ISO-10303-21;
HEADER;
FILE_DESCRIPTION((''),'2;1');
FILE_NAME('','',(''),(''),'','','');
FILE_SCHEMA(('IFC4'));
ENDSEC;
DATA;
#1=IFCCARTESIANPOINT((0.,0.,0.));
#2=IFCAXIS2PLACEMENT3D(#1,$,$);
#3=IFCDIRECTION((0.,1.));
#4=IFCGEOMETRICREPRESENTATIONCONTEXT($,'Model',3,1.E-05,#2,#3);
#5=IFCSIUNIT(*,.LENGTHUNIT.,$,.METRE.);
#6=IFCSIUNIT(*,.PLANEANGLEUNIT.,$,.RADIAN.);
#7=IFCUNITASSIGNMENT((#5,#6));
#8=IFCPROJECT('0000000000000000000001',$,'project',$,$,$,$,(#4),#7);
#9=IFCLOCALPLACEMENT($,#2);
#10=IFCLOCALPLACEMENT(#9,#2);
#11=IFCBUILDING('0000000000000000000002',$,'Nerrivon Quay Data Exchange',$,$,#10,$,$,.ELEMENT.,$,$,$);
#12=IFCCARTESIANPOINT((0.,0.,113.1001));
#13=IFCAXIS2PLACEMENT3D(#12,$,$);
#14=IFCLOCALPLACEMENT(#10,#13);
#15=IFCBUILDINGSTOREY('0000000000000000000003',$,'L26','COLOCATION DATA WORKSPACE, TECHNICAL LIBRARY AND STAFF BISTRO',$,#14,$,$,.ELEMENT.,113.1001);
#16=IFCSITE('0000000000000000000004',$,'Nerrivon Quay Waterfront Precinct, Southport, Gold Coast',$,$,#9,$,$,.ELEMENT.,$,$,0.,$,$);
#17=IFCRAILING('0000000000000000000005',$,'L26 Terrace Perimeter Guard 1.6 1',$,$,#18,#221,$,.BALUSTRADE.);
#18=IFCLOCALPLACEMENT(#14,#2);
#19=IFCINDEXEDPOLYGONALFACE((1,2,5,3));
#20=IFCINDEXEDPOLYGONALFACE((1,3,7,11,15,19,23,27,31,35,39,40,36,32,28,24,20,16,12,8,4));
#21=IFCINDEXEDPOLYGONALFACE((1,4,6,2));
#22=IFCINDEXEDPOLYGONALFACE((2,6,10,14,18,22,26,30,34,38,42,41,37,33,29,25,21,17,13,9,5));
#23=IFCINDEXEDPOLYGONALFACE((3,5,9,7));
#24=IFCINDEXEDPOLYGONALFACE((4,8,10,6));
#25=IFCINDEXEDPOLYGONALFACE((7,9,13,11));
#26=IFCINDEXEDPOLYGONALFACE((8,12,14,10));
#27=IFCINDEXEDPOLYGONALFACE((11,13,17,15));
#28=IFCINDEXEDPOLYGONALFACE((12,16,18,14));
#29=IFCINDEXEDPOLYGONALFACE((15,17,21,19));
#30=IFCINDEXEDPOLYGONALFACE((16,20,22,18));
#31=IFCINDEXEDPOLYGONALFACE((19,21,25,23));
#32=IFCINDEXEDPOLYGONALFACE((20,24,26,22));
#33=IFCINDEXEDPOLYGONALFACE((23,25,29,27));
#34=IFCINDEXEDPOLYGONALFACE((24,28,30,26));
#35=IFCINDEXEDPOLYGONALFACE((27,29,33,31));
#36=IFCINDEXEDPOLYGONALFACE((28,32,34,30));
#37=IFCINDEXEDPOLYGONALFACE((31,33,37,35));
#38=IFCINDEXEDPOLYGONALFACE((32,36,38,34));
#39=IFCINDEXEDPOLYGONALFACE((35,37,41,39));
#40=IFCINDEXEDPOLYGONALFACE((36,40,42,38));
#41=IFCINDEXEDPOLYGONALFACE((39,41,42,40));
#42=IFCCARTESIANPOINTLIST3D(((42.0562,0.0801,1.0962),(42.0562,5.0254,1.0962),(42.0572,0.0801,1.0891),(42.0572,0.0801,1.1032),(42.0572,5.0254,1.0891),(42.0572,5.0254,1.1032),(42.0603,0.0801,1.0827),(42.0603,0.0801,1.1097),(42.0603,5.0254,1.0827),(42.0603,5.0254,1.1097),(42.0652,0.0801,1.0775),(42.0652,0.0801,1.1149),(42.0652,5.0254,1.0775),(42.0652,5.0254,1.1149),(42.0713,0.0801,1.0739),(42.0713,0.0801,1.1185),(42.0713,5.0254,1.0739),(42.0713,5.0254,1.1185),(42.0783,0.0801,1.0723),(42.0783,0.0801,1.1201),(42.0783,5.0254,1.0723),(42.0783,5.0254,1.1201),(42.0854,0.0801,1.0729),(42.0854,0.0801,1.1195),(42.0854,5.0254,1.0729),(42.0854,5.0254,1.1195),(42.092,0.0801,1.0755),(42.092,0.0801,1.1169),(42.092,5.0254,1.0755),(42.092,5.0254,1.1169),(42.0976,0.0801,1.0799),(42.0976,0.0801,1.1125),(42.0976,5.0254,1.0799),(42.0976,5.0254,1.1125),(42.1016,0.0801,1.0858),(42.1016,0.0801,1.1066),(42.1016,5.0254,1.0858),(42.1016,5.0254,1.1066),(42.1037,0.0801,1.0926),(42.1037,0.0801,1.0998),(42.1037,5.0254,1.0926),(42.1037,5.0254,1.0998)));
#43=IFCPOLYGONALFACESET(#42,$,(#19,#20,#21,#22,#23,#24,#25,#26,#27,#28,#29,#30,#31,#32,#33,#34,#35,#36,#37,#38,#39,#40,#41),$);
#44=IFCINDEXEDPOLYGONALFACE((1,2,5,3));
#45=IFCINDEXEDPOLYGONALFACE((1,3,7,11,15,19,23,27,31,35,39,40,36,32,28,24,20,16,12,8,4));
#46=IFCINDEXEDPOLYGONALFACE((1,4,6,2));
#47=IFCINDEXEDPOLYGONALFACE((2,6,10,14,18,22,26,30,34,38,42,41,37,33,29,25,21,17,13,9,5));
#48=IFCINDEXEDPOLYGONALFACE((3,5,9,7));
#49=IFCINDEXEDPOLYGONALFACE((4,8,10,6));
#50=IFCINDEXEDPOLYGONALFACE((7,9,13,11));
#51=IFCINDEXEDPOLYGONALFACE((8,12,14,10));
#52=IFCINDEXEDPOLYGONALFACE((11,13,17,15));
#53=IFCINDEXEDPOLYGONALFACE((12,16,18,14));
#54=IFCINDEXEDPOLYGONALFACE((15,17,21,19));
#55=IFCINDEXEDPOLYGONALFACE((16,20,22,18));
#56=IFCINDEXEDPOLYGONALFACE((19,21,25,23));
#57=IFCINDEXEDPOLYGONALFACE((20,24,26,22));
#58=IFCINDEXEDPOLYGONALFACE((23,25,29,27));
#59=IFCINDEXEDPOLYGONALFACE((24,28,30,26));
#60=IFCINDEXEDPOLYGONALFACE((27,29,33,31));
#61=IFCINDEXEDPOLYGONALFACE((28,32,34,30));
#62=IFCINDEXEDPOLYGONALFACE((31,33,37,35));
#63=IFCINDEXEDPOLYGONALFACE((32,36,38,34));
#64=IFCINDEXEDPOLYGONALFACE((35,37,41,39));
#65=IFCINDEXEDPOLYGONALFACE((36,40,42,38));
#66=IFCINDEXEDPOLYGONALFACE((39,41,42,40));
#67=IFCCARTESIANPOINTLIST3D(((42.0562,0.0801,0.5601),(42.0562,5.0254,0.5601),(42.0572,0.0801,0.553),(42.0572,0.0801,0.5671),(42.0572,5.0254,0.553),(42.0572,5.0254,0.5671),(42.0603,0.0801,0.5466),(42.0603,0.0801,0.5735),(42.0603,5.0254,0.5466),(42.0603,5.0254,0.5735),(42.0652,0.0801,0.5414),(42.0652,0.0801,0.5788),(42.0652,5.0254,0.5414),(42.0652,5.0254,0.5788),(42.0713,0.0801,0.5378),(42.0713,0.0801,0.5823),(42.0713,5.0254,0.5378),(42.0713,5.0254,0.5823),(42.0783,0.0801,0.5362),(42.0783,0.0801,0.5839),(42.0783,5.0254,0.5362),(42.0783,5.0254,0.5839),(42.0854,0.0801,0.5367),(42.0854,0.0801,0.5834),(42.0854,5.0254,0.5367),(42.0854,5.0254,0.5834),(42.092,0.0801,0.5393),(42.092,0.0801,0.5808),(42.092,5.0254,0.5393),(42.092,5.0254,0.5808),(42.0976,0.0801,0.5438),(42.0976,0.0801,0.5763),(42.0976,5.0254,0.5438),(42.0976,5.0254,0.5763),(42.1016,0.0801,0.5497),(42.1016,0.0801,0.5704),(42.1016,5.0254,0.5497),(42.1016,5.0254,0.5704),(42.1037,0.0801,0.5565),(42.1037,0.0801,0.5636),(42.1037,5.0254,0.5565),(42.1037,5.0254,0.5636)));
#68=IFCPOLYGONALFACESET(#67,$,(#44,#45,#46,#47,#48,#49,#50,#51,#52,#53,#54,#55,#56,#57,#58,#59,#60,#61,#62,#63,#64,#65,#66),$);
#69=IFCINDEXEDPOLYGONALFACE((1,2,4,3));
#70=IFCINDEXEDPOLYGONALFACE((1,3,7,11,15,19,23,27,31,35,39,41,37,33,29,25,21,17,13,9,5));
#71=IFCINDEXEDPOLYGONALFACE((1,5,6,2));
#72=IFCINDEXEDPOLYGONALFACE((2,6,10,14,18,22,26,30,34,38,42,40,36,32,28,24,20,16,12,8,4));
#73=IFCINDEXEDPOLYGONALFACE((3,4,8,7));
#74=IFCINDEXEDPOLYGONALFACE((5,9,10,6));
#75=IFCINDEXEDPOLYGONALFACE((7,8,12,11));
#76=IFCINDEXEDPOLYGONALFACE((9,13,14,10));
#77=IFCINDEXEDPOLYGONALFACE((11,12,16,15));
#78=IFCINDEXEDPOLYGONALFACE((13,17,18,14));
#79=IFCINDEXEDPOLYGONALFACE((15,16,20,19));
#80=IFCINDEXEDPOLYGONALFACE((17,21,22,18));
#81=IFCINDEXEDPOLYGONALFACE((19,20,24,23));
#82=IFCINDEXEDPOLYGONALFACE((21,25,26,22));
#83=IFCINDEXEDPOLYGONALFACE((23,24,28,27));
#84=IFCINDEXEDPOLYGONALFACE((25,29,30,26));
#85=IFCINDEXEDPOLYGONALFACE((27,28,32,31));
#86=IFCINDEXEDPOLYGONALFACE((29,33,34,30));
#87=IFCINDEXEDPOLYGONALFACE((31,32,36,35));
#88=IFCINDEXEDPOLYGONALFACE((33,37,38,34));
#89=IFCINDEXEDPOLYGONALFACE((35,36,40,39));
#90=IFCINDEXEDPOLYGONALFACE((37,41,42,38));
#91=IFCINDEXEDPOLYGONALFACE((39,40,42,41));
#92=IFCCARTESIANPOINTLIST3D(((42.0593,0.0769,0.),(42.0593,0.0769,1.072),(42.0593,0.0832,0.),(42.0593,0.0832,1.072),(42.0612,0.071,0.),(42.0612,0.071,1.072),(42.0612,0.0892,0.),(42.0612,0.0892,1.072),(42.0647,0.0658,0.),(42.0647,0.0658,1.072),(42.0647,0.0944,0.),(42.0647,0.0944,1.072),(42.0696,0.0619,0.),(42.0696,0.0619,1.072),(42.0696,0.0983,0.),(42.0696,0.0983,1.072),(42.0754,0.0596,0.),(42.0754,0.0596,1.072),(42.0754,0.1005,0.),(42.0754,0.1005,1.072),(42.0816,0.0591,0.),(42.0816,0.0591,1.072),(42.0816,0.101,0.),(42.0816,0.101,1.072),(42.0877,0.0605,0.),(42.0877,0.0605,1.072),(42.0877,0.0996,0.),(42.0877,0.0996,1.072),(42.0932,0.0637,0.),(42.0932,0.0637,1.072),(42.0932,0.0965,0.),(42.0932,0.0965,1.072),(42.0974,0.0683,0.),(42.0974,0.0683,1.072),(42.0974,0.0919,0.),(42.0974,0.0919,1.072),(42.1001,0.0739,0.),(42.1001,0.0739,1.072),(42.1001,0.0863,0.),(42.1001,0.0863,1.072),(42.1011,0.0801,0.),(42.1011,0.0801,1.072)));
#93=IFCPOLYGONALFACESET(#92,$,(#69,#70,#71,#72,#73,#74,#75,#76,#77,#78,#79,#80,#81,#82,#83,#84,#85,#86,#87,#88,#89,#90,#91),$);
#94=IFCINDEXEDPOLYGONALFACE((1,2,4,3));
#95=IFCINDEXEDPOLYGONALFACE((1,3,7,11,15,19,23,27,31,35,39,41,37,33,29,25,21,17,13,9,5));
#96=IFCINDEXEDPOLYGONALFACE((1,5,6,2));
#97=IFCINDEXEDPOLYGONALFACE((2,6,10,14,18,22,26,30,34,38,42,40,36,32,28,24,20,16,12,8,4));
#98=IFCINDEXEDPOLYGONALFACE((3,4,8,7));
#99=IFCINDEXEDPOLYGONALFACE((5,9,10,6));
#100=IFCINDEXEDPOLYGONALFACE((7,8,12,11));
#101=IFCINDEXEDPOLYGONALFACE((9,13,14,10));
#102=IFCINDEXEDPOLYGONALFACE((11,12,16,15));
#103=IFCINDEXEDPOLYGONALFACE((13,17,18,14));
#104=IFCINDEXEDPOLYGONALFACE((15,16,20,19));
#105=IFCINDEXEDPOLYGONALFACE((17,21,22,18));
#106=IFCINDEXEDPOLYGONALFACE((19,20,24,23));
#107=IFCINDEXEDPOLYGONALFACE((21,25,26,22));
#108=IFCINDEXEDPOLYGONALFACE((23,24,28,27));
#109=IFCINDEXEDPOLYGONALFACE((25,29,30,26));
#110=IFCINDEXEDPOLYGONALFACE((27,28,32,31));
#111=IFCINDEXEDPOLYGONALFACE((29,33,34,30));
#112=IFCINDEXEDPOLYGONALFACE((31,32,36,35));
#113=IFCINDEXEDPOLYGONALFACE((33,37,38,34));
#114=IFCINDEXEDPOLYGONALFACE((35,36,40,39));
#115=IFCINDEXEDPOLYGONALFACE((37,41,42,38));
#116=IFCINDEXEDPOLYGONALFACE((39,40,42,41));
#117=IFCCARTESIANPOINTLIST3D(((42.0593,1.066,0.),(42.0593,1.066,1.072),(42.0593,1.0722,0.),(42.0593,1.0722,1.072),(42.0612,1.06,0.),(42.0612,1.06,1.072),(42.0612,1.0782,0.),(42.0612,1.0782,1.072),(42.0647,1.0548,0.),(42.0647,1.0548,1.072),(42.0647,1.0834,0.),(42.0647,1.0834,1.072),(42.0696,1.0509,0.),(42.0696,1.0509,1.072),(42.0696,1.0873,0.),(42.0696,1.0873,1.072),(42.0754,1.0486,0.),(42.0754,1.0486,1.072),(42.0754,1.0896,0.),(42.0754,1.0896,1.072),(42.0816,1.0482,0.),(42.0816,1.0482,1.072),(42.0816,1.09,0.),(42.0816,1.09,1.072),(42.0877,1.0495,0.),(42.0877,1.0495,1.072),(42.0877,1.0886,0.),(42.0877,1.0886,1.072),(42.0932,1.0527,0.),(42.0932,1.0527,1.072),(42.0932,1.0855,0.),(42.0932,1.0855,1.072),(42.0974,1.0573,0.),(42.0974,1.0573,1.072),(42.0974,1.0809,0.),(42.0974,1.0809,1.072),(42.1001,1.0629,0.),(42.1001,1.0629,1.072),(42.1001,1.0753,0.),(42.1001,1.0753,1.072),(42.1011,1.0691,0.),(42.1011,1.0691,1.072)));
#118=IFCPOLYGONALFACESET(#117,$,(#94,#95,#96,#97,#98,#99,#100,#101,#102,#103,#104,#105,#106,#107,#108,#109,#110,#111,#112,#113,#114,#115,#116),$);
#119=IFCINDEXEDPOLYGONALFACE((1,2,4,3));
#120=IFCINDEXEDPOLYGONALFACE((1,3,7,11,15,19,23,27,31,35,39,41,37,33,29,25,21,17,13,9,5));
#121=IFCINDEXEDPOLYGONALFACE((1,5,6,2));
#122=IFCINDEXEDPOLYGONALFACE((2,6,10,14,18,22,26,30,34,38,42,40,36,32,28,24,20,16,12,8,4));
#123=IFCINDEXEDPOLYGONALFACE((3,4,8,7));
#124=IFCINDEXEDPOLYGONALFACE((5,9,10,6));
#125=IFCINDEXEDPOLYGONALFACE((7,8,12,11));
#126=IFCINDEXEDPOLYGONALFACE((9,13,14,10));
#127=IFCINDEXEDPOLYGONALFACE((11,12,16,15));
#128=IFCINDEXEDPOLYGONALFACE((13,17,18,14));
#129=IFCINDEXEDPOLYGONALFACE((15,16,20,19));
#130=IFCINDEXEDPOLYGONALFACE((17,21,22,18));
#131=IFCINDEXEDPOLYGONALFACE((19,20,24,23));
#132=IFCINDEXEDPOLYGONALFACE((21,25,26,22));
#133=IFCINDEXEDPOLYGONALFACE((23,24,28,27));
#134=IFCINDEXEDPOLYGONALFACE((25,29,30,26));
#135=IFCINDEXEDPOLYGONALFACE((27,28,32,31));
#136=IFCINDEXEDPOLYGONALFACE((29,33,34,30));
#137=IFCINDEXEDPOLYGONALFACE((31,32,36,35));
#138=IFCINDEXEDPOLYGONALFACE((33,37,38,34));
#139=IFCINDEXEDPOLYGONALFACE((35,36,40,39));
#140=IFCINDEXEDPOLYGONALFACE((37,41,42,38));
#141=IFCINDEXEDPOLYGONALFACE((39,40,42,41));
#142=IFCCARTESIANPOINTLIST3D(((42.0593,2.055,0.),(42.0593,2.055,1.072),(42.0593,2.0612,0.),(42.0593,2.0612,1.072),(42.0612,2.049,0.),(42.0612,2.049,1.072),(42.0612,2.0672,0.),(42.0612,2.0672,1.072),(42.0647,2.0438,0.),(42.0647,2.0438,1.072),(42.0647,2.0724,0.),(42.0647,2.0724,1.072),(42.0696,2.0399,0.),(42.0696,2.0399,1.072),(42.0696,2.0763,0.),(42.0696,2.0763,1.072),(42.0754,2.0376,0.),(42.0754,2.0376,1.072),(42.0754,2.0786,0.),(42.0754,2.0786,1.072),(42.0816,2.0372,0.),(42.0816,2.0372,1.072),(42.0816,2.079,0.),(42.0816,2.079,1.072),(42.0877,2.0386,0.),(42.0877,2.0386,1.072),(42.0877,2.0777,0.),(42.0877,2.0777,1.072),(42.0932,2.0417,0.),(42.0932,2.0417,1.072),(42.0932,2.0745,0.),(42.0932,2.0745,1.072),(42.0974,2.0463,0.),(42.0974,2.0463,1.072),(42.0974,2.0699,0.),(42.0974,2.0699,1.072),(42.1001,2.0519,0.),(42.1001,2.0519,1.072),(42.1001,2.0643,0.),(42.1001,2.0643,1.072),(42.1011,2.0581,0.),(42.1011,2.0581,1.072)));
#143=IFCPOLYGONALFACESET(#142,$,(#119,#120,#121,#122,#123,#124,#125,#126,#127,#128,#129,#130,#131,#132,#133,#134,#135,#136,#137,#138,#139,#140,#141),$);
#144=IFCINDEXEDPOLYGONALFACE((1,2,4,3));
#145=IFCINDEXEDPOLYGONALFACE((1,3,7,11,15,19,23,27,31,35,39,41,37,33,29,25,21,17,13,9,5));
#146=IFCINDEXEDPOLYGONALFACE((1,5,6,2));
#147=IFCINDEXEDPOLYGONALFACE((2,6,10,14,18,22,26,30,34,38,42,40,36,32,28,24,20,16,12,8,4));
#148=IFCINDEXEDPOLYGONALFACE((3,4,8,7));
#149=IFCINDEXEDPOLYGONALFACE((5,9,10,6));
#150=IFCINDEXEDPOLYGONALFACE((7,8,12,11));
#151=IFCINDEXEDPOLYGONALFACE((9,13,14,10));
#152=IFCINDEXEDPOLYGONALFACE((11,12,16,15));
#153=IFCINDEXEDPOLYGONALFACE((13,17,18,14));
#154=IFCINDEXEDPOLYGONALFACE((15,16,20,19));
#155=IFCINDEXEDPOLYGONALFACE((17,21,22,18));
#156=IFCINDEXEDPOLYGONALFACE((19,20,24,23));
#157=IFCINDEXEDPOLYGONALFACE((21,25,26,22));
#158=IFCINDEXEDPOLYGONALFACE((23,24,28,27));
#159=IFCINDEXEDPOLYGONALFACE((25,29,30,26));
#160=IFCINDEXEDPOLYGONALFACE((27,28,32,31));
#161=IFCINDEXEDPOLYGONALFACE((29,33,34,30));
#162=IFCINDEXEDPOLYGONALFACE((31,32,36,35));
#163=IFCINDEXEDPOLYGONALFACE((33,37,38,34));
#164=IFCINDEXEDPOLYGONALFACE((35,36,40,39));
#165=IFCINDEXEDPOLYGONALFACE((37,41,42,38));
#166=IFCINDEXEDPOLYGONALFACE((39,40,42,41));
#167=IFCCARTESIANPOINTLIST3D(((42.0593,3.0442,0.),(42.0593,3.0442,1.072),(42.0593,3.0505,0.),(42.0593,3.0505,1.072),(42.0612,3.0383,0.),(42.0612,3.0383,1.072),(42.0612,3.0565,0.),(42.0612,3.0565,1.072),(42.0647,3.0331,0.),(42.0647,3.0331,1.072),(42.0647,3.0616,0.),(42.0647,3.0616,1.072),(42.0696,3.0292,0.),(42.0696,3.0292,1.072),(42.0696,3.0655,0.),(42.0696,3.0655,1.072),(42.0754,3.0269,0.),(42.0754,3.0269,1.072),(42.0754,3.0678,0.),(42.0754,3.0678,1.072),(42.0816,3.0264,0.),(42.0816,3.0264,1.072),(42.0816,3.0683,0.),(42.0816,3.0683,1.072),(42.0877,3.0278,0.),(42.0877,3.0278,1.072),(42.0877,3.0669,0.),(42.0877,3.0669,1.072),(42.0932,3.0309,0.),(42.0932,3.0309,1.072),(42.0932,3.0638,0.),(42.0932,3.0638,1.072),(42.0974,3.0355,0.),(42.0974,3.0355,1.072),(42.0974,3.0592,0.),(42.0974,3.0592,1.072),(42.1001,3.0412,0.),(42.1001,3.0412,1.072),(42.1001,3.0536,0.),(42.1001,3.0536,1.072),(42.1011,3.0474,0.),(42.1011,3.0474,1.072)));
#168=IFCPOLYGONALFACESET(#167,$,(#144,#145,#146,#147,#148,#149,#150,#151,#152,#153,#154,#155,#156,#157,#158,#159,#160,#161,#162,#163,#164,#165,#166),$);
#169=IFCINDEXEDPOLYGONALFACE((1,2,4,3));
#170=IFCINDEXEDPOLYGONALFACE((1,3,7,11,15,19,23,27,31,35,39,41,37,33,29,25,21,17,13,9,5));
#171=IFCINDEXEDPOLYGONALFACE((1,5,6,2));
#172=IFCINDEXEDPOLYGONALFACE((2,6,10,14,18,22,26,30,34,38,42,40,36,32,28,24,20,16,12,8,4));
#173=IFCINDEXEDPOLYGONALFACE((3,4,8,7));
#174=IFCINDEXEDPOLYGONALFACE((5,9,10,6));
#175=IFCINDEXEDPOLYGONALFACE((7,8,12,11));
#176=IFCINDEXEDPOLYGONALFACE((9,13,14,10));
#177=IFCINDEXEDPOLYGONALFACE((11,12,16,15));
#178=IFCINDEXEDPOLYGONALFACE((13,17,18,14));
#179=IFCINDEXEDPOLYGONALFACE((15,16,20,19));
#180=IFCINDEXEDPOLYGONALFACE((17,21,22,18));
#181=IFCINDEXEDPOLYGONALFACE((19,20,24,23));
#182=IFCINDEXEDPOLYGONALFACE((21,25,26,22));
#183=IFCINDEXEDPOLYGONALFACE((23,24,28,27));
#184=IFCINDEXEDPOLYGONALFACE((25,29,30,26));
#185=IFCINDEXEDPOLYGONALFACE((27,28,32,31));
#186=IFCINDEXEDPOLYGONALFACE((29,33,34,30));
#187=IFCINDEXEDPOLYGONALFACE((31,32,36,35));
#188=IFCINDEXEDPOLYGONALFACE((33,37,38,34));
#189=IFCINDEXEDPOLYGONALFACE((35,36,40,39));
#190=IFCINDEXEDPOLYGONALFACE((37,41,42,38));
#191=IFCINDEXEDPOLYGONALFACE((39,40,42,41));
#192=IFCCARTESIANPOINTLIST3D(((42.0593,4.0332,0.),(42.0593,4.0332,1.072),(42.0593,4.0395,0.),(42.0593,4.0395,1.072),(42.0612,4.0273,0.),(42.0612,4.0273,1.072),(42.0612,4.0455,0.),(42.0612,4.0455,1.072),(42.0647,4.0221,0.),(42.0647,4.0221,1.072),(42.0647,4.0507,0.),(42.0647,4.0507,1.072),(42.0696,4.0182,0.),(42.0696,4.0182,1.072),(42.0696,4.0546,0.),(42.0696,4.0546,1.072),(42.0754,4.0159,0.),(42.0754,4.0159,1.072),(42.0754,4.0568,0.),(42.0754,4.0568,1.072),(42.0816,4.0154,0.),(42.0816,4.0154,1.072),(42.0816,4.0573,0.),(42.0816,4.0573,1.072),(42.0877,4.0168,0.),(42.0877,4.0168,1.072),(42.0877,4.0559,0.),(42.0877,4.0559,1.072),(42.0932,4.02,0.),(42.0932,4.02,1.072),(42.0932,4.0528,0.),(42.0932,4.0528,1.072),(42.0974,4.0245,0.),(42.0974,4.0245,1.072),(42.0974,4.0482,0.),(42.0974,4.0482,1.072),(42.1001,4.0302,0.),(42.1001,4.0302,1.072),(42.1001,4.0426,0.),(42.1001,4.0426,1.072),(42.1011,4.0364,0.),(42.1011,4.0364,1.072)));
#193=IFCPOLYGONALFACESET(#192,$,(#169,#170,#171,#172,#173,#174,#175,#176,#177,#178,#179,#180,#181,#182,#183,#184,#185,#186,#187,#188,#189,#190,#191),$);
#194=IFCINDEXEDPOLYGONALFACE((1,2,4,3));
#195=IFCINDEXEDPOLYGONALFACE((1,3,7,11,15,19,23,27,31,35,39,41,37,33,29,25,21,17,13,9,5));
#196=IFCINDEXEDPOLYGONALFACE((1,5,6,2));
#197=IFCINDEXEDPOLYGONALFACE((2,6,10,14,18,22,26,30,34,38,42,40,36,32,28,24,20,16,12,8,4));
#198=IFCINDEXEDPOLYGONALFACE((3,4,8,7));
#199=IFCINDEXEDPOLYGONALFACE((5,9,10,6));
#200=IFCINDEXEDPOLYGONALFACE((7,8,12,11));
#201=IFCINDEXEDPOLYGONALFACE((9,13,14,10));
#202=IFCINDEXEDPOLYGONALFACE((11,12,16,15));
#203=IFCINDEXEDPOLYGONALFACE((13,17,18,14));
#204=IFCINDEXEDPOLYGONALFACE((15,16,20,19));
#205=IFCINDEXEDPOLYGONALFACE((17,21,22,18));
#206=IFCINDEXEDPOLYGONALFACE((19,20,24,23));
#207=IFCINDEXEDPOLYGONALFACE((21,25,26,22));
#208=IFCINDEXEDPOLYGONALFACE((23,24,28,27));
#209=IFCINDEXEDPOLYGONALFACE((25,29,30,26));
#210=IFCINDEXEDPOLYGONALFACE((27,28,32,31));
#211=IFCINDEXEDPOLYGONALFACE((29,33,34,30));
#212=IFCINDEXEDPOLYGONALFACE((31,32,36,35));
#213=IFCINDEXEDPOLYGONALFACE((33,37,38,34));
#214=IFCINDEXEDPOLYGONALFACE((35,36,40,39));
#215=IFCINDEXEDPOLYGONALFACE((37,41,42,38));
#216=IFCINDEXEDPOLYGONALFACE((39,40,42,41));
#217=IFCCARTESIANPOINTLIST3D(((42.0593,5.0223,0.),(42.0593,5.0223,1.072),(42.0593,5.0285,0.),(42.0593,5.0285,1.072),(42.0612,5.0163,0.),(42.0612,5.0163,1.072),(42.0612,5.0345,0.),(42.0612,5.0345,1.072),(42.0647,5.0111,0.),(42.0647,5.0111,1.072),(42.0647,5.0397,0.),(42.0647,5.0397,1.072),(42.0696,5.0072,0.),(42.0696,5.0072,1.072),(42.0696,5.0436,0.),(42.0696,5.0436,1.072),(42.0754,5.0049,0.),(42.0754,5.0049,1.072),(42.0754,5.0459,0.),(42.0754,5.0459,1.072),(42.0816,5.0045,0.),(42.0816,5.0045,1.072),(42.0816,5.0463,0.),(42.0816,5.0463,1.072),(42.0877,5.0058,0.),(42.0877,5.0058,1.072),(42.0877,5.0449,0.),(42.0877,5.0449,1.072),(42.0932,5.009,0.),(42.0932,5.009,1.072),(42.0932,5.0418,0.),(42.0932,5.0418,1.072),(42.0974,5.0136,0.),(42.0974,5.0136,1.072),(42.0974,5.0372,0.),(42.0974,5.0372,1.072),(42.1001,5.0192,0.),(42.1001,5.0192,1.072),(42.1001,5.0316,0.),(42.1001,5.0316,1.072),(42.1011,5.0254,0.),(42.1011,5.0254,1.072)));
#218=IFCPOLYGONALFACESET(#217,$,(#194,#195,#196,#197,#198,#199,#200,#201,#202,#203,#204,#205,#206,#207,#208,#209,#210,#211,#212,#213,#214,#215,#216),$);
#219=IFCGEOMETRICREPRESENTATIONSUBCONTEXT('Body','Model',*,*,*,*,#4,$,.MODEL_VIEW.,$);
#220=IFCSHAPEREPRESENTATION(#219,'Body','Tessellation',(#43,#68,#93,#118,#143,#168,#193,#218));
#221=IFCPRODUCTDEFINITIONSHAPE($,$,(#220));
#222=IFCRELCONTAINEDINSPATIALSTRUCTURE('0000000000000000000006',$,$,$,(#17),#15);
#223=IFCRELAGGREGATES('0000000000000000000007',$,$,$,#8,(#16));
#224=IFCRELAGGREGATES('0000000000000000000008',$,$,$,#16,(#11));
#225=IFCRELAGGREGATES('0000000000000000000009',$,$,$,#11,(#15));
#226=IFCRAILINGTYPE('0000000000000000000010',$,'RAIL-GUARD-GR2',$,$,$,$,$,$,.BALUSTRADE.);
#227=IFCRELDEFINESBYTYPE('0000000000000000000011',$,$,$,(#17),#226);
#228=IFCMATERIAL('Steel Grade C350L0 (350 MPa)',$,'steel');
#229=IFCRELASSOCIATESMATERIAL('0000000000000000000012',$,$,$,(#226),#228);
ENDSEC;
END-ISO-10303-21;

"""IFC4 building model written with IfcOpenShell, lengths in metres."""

from ifc_helpers import new_model, si_unit, direction, frame, origin, origin_2d, place, context, subcontext, project, spatial, circle, extrude, material, type_object, element, save


model = new_model("IFC4")

# Units and contexts
model_context = context("Model", 3, precision=1e-05, world=origin(), true_north=direction((0.0, 1.0)))
body_context = subcontext(model_context, "Body", "Model", "MODEL_VIEW")
ifc_project = project(units=[si_unit("LENGTHUNIT", "METRE"), si_unit("PLANEANGLEUNIT", "RADIAN")], contexts=[model_context])

# Site, building, storey
site_placement = place(None, origin())
site = spatial("IfcSite", under=ifc_project, at=site_placement, Name="Nerrivon Quay Waterfront Precinct, Southport, Gold Coast", CompositionType="ELEMENT", RefElevation=0.0)
building_placement = place(site_placement, origin())
building = spatial("IfcBuilding", under=site, at=building_placement, Name="Nerrivon Quay Data Exchange", CompositionType="ELEMENT")
storey_placement = place(building_placement, frame((0.0, 0.0, 113.1001)))
storey = spatial("IfcBuildingStorey", under=building, at=storey_placement, Name="L26", Description="COLOCATION DATA WORKSPACE, TECHNICAL LIBRARY AND STAFF BISTRO", CompositionType="ELEMENT", Elevation=113.1001)

# Railing
ifc_material_1 = material(Name="Steel Grade C350L0 (350 MPa)", Category="steel")
railing_type = type_object("IfcRailingType", Name="RAIL-GUARD-GR2", PredefinedType="BALUSTRADE", material=ifc_material_1)
railing_1_placement = place(storey_placement, frame((42.0801, 0.0801, 0.0)))
element("IfcRailing", 1, at=railing_1_placement, inside=storey, type_object=railing_type, Name="L26 Terrace Perimeter Guard 1.6 1", PredefinedType="BALUSTRADE", context=body_context, shape_type="SweptSolid", body=[
    extrude(circle(Radius=0.0239, at=origin_2d()), frame((0.0, 0.0, 1.0962), z_axis=(0.0, 1.0, 0.0), x_axis=(-1.0, 0.0, 0.0)), (0.0, 0.0, 1.0), 4.9453),
    extrude(circle(Radius=0.0239, at=origin_2d()), frame((0.0, 0.0, 0.5601), z_axis=(0.0, 1.0, 0.0), x_axis=(-1.0, 0.0, 0.0)), (0.0, 0.0, 1.0), 4.9453),
    extrude(circle(Radius=0.021, at=origin_2d()), origin(), (0.0, 0.0, 1.0), 1.072),
    extrude(circle(Radius=0.021, at=origin_2d()), frame((0.0, 0.989, 0.0)), (0.0, 0.0, 1.0), 1.072),
    extrude(circle(Radius=0.021, at=origin_2d()), frame((0.0, 1.978, 0.0)), (0.0, 0.0, 1.0), 1.072),
    extrude(circle(Radius=0.021, at=origin_2d()), frame((0.0, 2.9673, 0.0)), (0.0, 0.0, 1.0), 1.072),
    extrude(circle(Radius=0.021, at=origin_2d()), frame((0.0, 3.9563, 0.0)), (0.0, 0.0, 1.0), 1.072),
    extrude(circle(Radius=0.021, at=origin_2d()), frame((0.0, 4.9453, 0.0)), (0.0, 0.0, 1.0), 1.072),
])

save(model, "model.ifc")
